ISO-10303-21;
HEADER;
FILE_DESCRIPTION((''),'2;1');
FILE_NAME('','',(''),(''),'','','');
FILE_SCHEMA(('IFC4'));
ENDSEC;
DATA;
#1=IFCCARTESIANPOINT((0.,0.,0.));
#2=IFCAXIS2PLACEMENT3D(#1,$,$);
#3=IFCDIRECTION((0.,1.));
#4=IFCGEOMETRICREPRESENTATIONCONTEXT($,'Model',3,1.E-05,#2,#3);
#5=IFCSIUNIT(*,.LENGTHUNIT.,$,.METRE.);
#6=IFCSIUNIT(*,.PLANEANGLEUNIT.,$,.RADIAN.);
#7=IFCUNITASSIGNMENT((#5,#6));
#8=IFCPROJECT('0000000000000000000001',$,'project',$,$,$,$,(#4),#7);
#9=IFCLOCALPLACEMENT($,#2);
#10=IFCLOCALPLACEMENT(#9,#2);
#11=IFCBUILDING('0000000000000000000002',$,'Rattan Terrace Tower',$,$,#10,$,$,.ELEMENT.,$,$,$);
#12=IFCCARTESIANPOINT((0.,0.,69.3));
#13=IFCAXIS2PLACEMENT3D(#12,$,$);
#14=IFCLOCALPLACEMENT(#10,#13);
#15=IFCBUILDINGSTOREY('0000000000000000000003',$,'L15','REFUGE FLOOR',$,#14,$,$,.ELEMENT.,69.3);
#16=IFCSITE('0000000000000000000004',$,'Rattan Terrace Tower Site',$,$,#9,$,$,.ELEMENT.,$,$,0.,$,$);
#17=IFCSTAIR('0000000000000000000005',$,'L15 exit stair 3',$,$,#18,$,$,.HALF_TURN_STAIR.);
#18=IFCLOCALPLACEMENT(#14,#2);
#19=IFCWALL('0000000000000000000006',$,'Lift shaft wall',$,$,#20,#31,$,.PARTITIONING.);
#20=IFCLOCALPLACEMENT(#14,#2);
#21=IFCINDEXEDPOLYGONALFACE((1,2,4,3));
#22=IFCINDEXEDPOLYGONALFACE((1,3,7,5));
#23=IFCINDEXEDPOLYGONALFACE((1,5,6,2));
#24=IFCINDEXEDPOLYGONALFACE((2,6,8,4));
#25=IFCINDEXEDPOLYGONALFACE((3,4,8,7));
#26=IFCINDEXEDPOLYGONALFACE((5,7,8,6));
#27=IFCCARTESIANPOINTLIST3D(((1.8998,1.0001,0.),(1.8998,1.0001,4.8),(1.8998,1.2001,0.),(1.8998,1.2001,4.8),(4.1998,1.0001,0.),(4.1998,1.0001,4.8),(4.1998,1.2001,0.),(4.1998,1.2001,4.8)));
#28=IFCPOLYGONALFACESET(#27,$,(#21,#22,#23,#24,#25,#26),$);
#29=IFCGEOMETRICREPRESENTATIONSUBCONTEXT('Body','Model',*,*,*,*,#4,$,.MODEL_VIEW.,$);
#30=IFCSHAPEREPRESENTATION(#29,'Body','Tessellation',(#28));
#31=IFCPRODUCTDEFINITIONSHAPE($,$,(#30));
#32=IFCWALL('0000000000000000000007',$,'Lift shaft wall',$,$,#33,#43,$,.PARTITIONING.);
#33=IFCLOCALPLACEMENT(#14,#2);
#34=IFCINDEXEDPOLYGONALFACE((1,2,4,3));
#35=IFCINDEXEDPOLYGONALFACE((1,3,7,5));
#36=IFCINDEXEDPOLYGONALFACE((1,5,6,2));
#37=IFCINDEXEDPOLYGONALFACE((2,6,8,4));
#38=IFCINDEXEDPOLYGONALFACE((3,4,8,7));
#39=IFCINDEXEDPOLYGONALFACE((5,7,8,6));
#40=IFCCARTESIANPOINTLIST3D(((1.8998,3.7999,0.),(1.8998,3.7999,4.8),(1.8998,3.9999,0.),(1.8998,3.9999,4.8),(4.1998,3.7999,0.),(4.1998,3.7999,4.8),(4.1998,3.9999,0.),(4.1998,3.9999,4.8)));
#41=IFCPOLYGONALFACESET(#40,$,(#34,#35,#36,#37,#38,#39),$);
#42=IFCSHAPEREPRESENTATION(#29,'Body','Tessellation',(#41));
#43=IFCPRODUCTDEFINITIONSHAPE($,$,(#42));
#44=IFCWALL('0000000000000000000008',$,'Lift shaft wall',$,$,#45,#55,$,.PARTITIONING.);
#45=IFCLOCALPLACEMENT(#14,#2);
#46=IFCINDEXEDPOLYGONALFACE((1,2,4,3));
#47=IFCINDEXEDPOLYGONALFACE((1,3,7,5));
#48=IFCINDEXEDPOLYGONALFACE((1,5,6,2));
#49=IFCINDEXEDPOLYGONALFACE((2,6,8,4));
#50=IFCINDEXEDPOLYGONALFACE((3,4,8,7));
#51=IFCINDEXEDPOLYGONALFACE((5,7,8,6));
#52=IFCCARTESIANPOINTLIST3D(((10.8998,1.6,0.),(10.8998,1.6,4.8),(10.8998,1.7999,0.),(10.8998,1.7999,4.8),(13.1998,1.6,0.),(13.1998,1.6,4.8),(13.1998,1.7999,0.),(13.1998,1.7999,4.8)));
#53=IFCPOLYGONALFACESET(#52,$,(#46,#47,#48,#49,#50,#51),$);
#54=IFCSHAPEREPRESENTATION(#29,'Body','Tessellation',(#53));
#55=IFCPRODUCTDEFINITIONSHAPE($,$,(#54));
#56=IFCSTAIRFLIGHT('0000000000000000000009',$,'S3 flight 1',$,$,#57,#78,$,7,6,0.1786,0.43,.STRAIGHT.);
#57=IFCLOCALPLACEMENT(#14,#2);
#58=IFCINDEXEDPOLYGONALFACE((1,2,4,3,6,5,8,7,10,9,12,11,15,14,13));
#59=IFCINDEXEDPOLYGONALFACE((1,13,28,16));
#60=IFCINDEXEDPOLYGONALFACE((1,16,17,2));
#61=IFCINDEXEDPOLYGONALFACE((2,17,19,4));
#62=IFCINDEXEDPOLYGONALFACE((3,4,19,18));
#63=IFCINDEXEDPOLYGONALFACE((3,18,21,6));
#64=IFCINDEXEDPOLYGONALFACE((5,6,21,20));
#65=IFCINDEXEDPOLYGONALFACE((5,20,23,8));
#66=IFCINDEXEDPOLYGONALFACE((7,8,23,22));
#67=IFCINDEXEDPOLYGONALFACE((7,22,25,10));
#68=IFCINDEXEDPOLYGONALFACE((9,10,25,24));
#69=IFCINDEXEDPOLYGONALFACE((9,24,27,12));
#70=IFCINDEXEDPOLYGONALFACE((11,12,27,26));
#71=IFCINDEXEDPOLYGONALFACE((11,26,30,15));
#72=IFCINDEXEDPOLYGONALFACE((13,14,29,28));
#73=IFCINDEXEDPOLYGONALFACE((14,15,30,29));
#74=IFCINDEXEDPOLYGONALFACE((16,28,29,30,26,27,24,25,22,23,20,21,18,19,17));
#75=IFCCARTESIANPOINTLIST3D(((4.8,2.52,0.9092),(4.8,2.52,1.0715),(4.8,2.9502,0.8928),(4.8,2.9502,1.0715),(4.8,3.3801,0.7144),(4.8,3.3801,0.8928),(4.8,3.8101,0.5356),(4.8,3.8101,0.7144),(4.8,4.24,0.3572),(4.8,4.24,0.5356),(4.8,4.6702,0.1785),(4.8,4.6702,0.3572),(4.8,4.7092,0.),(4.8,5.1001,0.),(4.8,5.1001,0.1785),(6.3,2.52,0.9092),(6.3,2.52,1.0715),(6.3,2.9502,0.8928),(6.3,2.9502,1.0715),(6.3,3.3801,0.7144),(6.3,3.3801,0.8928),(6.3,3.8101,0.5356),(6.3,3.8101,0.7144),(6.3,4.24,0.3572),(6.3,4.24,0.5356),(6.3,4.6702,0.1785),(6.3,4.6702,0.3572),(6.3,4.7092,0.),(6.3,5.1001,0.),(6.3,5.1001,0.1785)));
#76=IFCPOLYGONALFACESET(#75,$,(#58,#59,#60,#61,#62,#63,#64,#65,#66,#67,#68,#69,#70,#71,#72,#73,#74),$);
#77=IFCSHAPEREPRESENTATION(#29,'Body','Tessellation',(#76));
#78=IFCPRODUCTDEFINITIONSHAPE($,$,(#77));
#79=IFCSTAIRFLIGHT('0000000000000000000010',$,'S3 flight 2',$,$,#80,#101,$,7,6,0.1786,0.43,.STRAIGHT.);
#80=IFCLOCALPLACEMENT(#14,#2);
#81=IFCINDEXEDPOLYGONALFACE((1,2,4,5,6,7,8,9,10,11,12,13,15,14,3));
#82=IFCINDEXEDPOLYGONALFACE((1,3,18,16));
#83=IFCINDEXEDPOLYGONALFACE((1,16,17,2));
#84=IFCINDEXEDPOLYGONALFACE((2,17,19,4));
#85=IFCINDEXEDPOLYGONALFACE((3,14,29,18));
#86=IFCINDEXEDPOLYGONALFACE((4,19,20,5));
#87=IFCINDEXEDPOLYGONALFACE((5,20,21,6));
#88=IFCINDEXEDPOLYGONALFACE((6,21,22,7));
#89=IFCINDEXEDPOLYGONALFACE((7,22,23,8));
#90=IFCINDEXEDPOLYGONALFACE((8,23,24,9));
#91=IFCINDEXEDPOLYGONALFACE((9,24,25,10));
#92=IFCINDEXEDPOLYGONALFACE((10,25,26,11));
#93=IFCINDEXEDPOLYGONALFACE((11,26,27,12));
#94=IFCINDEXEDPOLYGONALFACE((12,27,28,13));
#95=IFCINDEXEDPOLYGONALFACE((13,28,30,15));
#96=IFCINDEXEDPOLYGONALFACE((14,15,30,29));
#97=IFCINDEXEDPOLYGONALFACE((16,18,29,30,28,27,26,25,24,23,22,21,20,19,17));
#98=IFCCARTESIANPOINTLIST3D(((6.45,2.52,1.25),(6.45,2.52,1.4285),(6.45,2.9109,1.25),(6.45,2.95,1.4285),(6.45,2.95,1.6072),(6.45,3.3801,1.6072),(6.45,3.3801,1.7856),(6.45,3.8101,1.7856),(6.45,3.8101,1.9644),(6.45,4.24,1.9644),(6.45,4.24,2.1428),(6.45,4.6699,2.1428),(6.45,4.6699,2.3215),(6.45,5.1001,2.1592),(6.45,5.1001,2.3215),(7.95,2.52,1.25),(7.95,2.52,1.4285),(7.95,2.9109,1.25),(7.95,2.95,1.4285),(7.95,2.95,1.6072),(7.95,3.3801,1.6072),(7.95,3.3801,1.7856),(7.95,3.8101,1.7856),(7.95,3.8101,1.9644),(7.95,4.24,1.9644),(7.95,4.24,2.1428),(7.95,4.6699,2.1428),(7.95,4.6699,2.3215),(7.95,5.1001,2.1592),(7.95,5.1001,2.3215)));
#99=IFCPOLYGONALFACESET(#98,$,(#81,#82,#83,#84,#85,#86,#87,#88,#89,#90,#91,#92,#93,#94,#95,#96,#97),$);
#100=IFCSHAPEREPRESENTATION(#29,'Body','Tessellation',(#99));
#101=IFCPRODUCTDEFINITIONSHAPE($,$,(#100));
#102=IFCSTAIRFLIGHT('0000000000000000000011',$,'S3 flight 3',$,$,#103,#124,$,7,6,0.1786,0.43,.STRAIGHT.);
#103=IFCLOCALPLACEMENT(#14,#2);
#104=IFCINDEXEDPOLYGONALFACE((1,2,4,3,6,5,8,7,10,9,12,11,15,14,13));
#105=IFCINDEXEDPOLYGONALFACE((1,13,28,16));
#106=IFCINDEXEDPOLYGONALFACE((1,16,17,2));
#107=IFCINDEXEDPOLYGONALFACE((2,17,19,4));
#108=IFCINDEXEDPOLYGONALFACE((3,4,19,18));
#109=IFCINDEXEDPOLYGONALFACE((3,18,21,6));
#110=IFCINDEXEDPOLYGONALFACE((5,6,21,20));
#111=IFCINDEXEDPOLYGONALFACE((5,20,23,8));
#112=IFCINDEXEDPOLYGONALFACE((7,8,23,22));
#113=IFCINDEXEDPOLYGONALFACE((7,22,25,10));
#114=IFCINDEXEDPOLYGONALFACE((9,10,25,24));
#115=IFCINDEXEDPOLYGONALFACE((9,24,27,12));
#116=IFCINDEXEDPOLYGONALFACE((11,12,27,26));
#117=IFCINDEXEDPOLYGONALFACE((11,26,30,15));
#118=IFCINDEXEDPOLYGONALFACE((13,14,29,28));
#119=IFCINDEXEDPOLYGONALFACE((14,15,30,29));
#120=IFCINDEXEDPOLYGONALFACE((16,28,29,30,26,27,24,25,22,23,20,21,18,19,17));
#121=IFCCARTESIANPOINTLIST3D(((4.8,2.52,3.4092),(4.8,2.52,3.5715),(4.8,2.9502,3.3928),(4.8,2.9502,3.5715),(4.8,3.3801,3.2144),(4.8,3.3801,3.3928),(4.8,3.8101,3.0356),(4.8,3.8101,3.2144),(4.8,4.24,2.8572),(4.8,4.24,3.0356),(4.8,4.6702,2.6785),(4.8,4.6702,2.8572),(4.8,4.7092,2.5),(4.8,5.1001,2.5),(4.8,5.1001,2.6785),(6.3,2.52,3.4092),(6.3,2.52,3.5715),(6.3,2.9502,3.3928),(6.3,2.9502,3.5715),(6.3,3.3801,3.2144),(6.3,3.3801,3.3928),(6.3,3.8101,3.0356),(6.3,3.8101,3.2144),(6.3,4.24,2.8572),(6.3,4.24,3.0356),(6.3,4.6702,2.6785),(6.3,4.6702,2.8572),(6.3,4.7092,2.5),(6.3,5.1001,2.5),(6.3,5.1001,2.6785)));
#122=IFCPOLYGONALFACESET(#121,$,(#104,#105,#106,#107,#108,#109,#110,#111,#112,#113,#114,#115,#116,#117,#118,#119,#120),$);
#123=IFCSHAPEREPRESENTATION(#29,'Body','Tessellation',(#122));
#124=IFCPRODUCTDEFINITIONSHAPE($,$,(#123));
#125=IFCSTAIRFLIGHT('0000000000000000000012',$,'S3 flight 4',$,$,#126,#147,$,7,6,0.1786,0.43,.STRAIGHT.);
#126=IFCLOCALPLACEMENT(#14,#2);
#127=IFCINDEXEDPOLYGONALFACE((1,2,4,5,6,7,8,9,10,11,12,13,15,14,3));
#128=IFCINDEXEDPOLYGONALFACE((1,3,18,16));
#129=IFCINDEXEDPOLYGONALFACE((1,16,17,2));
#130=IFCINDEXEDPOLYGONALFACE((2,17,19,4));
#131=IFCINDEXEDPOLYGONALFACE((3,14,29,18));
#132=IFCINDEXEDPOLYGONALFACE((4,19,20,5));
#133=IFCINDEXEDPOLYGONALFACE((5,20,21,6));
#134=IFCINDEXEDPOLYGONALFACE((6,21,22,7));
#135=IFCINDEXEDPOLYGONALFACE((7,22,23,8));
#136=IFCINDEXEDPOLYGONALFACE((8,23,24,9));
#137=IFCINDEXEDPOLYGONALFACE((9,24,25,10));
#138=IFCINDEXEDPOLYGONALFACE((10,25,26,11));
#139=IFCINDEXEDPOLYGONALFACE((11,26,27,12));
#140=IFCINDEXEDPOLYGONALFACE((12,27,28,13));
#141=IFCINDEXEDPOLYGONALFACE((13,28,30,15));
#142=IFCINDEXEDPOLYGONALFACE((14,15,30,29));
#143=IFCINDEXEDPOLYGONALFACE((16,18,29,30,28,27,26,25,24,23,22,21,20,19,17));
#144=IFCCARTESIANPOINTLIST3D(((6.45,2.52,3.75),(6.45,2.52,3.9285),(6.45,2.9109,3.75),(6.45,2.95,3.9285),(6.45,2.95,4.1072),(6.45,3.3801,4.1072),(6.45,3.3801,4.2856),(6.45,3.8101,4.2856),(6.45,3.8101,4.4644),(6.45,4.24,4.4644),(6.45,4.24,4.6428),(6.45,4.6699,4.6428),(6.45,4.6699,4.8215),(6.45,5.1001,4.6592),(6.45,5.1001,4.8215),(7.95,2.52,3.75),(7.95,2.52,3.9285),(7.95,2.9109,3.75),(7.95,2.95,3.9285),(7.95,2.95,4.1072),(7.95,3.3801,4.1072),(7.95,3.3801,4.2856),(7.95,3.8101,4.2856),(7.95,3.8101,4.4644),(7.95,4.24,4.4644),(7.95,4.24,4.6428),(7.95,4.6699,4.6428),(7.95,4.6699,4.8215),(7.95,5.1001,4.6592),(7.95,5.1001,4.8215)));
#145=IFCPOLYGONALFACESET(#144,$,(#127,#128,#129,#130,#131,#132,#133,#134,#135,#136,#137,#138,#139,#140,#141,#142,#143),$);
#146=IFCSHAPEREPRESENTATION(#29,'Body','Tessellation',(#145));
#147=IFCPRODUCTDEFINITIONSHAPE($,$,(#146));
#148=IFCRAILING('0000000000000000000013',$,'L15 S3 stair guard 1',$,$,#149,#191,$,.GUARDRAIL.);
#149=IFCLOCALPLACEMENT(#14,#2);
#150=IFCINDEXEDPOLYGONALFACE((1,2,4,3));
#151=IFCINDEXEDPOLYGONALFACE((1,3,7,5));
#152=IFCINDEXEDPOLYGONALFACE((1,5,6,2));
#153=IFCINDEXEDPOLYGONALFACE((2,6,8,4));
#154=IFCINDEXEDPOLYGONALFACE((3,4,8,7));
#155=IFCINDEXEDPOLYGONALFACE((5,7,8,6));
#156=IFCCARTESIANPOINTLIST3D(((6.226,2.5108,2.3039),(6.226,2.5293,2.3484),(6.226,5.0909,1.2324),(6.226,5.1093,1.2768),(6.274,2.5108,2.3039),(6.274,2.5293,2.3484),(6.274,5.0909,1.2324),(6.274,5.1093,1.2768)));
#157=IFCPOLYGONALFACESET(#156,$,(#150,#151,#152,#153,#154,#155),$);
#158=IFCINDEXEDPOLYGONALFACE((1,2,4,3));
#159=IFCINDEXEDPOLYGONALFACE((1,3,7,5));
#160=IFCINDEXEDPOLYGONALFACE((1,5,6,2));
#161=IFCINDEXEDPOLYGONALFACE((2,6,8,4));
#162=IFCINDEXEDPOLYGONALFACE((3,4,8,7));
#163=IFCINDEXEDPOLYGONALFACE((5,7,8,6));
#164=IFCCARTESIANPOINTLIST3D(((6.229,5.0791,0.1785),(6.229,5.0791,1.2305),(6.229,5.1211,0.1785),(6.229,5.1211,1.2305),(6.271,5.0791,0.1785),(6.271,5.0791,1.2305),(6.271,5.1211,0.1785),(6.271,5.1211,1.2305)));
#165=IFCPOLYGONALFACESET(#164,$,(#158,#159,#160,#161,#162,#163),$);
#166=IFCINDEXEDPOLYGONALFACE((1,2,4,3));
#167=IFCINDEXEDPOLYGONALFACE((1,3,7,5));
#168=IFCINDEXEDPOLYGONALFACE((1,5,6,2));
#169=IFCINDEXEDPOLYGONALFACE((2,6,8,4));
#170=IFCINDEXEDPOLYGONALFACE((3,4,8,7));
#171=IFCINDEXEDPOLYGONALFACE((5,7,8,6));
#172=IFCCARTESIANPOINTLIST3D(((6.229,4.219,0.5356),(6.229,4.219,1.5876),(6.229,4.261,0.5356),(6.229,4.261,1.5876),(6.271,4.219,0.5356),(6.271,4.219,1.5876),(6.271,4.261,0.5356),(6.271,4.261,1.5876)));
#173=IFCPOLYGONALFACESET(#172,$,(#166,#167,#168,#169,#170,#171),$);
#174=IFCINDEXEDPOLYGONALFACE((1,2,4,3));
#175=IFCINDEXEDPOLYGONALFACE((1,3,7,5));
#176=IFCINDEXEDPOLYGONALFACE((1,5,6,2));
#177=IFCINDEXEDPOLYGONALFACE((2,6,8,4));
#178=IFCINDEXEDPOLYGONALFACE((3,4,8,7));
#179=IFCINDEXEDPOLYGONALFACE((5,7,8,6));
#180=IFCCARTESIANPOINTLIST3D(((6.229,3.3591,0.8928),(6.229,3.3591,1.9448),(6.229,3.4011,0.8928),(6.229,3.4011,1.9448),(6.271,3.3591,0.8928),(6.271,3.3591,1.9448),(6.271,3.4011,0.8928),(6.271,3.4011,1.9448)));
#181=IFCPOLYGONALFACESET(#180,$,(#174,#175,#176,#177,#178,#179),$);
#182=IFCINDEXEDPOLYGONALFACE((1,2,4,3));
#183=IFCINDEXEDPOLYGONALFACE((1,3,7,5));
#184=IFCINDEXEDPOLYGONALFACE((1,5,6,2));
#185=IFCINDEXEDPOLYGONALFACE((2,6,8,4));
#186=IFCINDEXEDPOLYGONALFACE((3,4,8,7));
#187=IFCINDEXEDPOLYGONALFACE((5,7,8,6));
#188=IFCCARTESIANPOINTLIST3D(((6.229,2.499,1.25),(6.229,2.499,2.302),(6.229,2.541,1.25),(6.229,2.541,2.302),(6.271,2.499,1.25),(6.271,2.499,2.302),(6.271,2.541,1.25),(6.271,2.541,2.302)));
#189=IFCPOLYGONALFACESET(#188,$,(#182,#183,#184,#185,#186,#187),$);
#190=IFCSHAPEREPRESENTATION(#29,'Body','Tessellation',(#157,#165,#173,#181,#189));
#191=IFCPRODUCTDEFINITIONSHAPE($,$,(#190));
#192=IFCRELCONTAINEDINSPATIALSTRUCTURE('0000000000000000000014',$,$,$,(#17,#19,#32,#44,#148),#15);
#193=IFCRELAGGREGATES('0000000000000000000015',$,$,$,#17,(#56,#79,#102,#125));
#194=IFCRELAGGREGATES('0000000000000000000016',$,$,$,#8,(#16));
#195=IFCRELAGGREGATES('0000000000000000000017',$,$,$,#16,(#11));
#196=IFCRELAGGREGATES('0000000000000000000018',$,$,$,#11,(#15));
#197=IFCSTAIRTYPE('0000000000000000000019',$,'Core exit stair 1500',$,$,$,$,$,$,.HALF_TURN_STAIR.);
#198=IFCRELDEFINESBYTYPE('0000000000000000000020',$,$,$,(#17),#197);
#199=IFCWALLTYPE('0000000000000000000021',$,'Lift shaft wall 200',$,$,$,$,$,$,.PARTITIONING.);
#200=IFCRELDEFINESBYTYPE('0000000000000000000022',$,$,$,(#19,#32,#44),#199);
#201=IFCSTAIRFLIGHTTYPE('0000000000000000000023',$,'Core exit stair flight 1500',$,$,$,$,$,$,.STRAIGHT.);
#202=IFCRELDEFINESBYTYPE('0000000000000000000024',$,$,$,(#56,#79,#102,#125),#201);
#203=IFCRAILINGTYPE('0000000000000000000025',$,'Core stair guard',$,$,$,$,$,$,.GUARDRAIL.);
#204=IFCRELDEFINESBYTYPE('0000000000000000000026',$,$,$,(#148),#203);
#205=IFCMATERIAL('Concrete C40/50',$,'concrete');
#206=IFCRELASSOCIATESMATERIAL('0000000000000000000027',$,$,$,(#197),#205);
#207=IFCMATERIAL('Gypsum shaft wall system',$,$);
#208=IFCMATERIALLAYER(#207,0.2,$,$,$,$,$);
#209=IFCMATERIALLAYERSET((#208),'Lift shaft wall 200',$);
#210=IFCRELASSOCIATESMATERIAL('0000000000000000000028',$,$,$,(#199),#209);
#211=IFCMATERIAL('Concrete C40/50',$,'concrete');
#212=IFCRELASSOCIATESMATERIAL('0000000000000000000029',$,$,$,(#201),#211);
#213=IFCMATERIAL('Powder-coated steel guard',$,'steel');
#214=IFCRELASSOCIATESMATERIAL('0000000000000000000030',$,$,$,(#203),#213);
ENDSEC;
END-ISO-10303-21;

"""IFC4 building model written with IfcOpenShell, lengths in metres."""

from ifc_helpers import new_model, si_unit, direction, frame, frame_2d, origin, origin_2d, place, context, subcontext, project, spatial, polyline, rectangle, outline, extrude, material, layer, layer_set, type_object, element, aggregate, save


model = new_model("IFC4")

# Units and contexts
model_context = context("Model", 3, precision=1e-05, world=origin(), true_north=direction((0.0, 1.0)))
body_context = subcontext(model_context, "Body", "Model", "MODEL_VIEW")
ifc_project = project(units=[si_unit("LENGTHUNIT", "METRE"), si_unit("PLANEANGLEUNIT", "RADIAN")], contexts=[model_context])

# Site, building, storey
site_placement = place(None, origin())
site = spatial("IfcSite", under=ifc_project, at=site_placement, Name="Rattan Terrace Tower Site", CompositionType="ELEMENT", RefElevation=0.0)
building_placement = place(site_placement, origin())
building = spatial("IfcBuilding", under=site, at=building_placement, Name="Rattan Terrace Tower", CompositionType="ELEMENT")
storey_placement = place(building_placement, frame((0.0, 0.0, 69.3)))
storey = spatial("IfcBuildingStorey", under=building, at=storey_placement, Name="L15", Description="REFUGE FLOOR", CompositionType="ELEMENT", Elevation=69.3)

# Stair
ifc_material_1 = material(Name="Concrete C40/50", Category="concrete")
stair_type = type_object("IfcStairType", Name="Core exit stair 1500", PredefinedType="HALF_TURN_STAIR", material=ifc_material_1)
stair_placement = place(storey_placement, origin())
stair = element("IfcStair", 1, at=stair_placement, inside=storey, type_object=stair_type, Name="L15 exit stair 3", PredefinedType="HALF_TURN_STAIR")

# Walls
ifc_material_2 = material(Name="Gypsum shaft wall system")
ifc_layer_1 = layer(ifc_material_2, 0.2)
ifc_layer_set_1 = layer_set([ifc_layer_1], Name="Lift shaft wall 200")
wall_type_1 = type_object("IfcWallType", Name="Lift shaft wall 200", PredefinedType="PARTITIONING", material=ifc_layer_set_1)
for number, where, z_axis, x_axis, name in (
    (2, (1.8999, 1.1001, 0.0), (0.0, 0.0, 1.0), (1.0, 0.0, 0.0), "Lift shaft wall"),
    (3, (1.8999, 3.8999, 0.0), (0.0, 0.0, 1.0), (1.0, 0.0, 0.0), "Lift shaft wall"),
    (4, (10.8999, 1.7, 0.0), (0.0, 0.0, 1.0), (1.0, 0.0, 0.0), "Lift shaft wall"),
):
    element("IfcWall", number, at=place(storey_placement, frame(where, z_axis=z_axis, x_axis=x_axis)), inside=storey, type_object=wall_type_1, Name=name, PredefinedType="PARTITIONING", context=body_context, shape_type="SweptSolid", body=[
        extrude(rectangle(XDim=2.3, YDim=0.2, at=frame_2d((1.1499, 0.0))), origin(), (0.0, 0.0, 1.0), 4.8),
    ])

# Stair flights
ifc_material_3 = material(Name="Concrete C40/50", Category="concrete")
stair_flight_type = type_object("IfcStairFlightType", Name="Core exit stair flight 1500", PredefinedType="STRAIGHT", material=ifc_material_3)
stair_flight_1_placement = place(storey_placement, frame((5.55, 5.1001, 0.0), z_axis=(0.0, 0.0, 1.0), x_axis=(0.0, -1.0, 0.0)))
stair_flight_1 = element("IfcStairFlight", 5, at=stair_flight_1_placement, type_object=stair_flight_type, Name="S3 flight 1", NumberOfRisers=7, NumberOfTreads=6, PredefinedType="STRAIGHT", RiserHeight=0.1786, TreadLength=0.43, context=body_context, shape_type="SweptSolid", body=[
    extrude(outline(polyline([(0.0, 0.0), (0.0, 0.1785), (0.4299, 0.1785), (0.4299, 0.3572), (0.8601, 0.3572), (0.8601, 0.5356), (1.29, 0.5356), (1.29, 0.7144), (1.72, 0.7144), (1.72, 0.8928), (2.1499, 0.8928), (2.1499, 1.0715), (2.5801, 1.0715), (2.5801, 1.25), (2.5801, 0.9092), (0.3909, 0.0), (0.0, 0.0)])), frame((0.0, 0.75, 0.0), z_axis=(0.0, -1.0, 0.0), x_axis=(1.0, 0.0, 0.0)), (0.0, 0.0, 1.0), 1.5),
])
stair_flight_2_placement = place(storey_placement, frame((7.2, 2.52, 1.25), z_axis=(0.0, 0.0, 1.0), x_axis=(0.0, 1.0, 0.0)))
stair_flight_2 = element("IfcStairFlight", 6, at=stair_flight_2_placement, type_object=stair_flight_type, Name="S3 flight 2", NumberOfRisers=7, NumberOfTreads=6, PredefinedType="STRAIGHT", RiserHeight=0.1786, TreadLength=0.43, context=body_context, shape_type="SweptSolid", body=[
    extrude(outline(polyline([(0.0, 0.0), (0.0, 0.1785), (0.4299, 0.1785), (0.4299, 0.3572), (0.8601, 0.3572), (0.8601, 0.5356), (1.29, 0.5356), (1.29, 0.7144), (1.72, 0.7144), (1.72, 0.8928), (2.1499, 0.8928), (2.1499, 1.0715), (2.5801, 1.0715), (2.5801, 1.25), (2.5801, 0.9092), (0.3909, 0.0), (0.0, 0.0)])), frame((0.0, 0.75, 0.0), z_axis=(0.0, -1.0, 0.0), x_axis=(1.0, 0.0, 0.0)), (0.0, 0.0, 1.0), 1.5),
])
stair_flight_3_placement = place(storey_placement, frame((5.55, 5.1001, 2.5), z_axis=(0.0, 0.0, 1.0), x_axis=(0.0, -1.0, 0.0)))
stair_flight_3 = element("IfcStairFlight", 7, at=stair_flight_3_placement, type_object=stair_flight_type, Name="S3 flight 3", NumberOfRisers=7, NumberOfTreads=6, PredefinedType="STRAIGHT", RiserHeight=0.1786, TreadLength=0.43, context=body_context, shape_type="SweptSolid", body=[
    extrude(outline(polyline([(0.0, 0.0), (0.0, 0.1785), (0.4299, 0.1785), (0.4299, 0.3572), (0.8601, 0.3572), (0.8601, 0.5356), (1.29, 0.5356), (1.29, 0.7144), (1.72, 0.7144), (1.72, 0.8928), (2.1499, 0.8928), (2.1499, 1.0715), (2.5801, 1.0715), (2.5801, 1.25), (2.5801, 0.9092), (0.3909, 0.0), (0.0, 0.0)])), frame((0.0, 0.75, 0.0), z_axis=(0.0, -1.0, 0.0), x_axis=(1.0, 0.0, 0.0)), (0.0, 0.0, 1.0), 1.5),
])
stair_flight_4_placement = place(storey_placement, frame((7.2, 2.52, 3.75), z_axis=(0.0, 0.0, 1.0), x_axis=(0.0, 1.0, 0.0)))
stair_flight_4 = element("IfcStairFlight", 8, at=stair_flight_4_placement, type_object=stair_flight_type, Name="S3 flight 4", NumberOfRisers=7, NumberOfTreads=6, PredefinedType="STRAIGHT", RiserHeight=0.1786, TreadLength=0.43, context=body_context, shape_type="SweptSolid", body=[
    extrude(outline(polyline([(0.0, 0.0), (0.0, 0.1785), (0.4299, 0.1785), (0.4299, 0.3572), (0.8601, 0.3572), (0.8601, 0.5356), (1.29, 0.5356), (1.29, 0.7144), (1.72, 0.7144), (1.72, 0.8928), (2.1499, 0.8928), (2.1499, 1.0715), (2.5801, 1.0715), (2.5801, 1.25), (2.5801, 0.9092), (0.3909, 0.0), (0.0, 0.0)])), frame((0.0, 0.75, 0.0), z_axis=(0.0, -1.0, 0.0), x_axis=(1.0, 0.0, 0.0)), (0.0, 0.0, 1.0), 1.5),
])
aggregate(stair, [stair_flight_1, stair_flight_2, stair_flight_3, stair_flight_4])

# Railing
ifc_material_4 = material(Name="Powder-coated steel guard", Category="steel")
railing_type_1 = type_object("IfcRailingType", Name="Core stair guard", PredefinedType="GUARDRAIL", material=ifc_material_4)
railing_1_placement = place(storey_placement, frame((6.25, 5.1001, 0.1785)))
element("IfcRailing", 9, at=railing_1_placement, inside=storey, type_object=railing_type_1, Name="L15 S3 stair guard 1", PredefinedType="GUARDRAIL", context=body_context, shape_type="SweptSolid", body=[
    extrude(rectangle(XDim=0.0481, YDim=0.0481, at=origin_2d()), frame((0.0, 0.0, 1.0762), z_axis=(0.0, -0.923521, 0.383548), x_axis=(1.0, 0.0, 0.0)), (0.0, 0.0, 1.0), 2.7937),
    extrude(rectangle(XDim=0.042, YDim=0.042, at=origin_2d()), origin(), (0.0, 0.0, 1.0), 1.052),
    extrude(rectangle(XDim=0.042, YDim=0.042, at=origin_2d()), frame((0.0, -0.8601, 0.3572)), (0.0, 0.0, 1.0), 1.052),
    extrude(rectangle(XDim=0.042, YDim=0.042, at=origin_2d()), frame((0.0, -1.72, 0.7144)), (0.0, 0.0, 1.0), 1.052),
    extrude(rectangle(XDim=0.042, YDim=0.042, at=origin_2d()), frame((0.0, -2.5801, 1.0715)), (0.0, 0.0, 1.0), 1.052),
])

save(model, "model.ifc")
